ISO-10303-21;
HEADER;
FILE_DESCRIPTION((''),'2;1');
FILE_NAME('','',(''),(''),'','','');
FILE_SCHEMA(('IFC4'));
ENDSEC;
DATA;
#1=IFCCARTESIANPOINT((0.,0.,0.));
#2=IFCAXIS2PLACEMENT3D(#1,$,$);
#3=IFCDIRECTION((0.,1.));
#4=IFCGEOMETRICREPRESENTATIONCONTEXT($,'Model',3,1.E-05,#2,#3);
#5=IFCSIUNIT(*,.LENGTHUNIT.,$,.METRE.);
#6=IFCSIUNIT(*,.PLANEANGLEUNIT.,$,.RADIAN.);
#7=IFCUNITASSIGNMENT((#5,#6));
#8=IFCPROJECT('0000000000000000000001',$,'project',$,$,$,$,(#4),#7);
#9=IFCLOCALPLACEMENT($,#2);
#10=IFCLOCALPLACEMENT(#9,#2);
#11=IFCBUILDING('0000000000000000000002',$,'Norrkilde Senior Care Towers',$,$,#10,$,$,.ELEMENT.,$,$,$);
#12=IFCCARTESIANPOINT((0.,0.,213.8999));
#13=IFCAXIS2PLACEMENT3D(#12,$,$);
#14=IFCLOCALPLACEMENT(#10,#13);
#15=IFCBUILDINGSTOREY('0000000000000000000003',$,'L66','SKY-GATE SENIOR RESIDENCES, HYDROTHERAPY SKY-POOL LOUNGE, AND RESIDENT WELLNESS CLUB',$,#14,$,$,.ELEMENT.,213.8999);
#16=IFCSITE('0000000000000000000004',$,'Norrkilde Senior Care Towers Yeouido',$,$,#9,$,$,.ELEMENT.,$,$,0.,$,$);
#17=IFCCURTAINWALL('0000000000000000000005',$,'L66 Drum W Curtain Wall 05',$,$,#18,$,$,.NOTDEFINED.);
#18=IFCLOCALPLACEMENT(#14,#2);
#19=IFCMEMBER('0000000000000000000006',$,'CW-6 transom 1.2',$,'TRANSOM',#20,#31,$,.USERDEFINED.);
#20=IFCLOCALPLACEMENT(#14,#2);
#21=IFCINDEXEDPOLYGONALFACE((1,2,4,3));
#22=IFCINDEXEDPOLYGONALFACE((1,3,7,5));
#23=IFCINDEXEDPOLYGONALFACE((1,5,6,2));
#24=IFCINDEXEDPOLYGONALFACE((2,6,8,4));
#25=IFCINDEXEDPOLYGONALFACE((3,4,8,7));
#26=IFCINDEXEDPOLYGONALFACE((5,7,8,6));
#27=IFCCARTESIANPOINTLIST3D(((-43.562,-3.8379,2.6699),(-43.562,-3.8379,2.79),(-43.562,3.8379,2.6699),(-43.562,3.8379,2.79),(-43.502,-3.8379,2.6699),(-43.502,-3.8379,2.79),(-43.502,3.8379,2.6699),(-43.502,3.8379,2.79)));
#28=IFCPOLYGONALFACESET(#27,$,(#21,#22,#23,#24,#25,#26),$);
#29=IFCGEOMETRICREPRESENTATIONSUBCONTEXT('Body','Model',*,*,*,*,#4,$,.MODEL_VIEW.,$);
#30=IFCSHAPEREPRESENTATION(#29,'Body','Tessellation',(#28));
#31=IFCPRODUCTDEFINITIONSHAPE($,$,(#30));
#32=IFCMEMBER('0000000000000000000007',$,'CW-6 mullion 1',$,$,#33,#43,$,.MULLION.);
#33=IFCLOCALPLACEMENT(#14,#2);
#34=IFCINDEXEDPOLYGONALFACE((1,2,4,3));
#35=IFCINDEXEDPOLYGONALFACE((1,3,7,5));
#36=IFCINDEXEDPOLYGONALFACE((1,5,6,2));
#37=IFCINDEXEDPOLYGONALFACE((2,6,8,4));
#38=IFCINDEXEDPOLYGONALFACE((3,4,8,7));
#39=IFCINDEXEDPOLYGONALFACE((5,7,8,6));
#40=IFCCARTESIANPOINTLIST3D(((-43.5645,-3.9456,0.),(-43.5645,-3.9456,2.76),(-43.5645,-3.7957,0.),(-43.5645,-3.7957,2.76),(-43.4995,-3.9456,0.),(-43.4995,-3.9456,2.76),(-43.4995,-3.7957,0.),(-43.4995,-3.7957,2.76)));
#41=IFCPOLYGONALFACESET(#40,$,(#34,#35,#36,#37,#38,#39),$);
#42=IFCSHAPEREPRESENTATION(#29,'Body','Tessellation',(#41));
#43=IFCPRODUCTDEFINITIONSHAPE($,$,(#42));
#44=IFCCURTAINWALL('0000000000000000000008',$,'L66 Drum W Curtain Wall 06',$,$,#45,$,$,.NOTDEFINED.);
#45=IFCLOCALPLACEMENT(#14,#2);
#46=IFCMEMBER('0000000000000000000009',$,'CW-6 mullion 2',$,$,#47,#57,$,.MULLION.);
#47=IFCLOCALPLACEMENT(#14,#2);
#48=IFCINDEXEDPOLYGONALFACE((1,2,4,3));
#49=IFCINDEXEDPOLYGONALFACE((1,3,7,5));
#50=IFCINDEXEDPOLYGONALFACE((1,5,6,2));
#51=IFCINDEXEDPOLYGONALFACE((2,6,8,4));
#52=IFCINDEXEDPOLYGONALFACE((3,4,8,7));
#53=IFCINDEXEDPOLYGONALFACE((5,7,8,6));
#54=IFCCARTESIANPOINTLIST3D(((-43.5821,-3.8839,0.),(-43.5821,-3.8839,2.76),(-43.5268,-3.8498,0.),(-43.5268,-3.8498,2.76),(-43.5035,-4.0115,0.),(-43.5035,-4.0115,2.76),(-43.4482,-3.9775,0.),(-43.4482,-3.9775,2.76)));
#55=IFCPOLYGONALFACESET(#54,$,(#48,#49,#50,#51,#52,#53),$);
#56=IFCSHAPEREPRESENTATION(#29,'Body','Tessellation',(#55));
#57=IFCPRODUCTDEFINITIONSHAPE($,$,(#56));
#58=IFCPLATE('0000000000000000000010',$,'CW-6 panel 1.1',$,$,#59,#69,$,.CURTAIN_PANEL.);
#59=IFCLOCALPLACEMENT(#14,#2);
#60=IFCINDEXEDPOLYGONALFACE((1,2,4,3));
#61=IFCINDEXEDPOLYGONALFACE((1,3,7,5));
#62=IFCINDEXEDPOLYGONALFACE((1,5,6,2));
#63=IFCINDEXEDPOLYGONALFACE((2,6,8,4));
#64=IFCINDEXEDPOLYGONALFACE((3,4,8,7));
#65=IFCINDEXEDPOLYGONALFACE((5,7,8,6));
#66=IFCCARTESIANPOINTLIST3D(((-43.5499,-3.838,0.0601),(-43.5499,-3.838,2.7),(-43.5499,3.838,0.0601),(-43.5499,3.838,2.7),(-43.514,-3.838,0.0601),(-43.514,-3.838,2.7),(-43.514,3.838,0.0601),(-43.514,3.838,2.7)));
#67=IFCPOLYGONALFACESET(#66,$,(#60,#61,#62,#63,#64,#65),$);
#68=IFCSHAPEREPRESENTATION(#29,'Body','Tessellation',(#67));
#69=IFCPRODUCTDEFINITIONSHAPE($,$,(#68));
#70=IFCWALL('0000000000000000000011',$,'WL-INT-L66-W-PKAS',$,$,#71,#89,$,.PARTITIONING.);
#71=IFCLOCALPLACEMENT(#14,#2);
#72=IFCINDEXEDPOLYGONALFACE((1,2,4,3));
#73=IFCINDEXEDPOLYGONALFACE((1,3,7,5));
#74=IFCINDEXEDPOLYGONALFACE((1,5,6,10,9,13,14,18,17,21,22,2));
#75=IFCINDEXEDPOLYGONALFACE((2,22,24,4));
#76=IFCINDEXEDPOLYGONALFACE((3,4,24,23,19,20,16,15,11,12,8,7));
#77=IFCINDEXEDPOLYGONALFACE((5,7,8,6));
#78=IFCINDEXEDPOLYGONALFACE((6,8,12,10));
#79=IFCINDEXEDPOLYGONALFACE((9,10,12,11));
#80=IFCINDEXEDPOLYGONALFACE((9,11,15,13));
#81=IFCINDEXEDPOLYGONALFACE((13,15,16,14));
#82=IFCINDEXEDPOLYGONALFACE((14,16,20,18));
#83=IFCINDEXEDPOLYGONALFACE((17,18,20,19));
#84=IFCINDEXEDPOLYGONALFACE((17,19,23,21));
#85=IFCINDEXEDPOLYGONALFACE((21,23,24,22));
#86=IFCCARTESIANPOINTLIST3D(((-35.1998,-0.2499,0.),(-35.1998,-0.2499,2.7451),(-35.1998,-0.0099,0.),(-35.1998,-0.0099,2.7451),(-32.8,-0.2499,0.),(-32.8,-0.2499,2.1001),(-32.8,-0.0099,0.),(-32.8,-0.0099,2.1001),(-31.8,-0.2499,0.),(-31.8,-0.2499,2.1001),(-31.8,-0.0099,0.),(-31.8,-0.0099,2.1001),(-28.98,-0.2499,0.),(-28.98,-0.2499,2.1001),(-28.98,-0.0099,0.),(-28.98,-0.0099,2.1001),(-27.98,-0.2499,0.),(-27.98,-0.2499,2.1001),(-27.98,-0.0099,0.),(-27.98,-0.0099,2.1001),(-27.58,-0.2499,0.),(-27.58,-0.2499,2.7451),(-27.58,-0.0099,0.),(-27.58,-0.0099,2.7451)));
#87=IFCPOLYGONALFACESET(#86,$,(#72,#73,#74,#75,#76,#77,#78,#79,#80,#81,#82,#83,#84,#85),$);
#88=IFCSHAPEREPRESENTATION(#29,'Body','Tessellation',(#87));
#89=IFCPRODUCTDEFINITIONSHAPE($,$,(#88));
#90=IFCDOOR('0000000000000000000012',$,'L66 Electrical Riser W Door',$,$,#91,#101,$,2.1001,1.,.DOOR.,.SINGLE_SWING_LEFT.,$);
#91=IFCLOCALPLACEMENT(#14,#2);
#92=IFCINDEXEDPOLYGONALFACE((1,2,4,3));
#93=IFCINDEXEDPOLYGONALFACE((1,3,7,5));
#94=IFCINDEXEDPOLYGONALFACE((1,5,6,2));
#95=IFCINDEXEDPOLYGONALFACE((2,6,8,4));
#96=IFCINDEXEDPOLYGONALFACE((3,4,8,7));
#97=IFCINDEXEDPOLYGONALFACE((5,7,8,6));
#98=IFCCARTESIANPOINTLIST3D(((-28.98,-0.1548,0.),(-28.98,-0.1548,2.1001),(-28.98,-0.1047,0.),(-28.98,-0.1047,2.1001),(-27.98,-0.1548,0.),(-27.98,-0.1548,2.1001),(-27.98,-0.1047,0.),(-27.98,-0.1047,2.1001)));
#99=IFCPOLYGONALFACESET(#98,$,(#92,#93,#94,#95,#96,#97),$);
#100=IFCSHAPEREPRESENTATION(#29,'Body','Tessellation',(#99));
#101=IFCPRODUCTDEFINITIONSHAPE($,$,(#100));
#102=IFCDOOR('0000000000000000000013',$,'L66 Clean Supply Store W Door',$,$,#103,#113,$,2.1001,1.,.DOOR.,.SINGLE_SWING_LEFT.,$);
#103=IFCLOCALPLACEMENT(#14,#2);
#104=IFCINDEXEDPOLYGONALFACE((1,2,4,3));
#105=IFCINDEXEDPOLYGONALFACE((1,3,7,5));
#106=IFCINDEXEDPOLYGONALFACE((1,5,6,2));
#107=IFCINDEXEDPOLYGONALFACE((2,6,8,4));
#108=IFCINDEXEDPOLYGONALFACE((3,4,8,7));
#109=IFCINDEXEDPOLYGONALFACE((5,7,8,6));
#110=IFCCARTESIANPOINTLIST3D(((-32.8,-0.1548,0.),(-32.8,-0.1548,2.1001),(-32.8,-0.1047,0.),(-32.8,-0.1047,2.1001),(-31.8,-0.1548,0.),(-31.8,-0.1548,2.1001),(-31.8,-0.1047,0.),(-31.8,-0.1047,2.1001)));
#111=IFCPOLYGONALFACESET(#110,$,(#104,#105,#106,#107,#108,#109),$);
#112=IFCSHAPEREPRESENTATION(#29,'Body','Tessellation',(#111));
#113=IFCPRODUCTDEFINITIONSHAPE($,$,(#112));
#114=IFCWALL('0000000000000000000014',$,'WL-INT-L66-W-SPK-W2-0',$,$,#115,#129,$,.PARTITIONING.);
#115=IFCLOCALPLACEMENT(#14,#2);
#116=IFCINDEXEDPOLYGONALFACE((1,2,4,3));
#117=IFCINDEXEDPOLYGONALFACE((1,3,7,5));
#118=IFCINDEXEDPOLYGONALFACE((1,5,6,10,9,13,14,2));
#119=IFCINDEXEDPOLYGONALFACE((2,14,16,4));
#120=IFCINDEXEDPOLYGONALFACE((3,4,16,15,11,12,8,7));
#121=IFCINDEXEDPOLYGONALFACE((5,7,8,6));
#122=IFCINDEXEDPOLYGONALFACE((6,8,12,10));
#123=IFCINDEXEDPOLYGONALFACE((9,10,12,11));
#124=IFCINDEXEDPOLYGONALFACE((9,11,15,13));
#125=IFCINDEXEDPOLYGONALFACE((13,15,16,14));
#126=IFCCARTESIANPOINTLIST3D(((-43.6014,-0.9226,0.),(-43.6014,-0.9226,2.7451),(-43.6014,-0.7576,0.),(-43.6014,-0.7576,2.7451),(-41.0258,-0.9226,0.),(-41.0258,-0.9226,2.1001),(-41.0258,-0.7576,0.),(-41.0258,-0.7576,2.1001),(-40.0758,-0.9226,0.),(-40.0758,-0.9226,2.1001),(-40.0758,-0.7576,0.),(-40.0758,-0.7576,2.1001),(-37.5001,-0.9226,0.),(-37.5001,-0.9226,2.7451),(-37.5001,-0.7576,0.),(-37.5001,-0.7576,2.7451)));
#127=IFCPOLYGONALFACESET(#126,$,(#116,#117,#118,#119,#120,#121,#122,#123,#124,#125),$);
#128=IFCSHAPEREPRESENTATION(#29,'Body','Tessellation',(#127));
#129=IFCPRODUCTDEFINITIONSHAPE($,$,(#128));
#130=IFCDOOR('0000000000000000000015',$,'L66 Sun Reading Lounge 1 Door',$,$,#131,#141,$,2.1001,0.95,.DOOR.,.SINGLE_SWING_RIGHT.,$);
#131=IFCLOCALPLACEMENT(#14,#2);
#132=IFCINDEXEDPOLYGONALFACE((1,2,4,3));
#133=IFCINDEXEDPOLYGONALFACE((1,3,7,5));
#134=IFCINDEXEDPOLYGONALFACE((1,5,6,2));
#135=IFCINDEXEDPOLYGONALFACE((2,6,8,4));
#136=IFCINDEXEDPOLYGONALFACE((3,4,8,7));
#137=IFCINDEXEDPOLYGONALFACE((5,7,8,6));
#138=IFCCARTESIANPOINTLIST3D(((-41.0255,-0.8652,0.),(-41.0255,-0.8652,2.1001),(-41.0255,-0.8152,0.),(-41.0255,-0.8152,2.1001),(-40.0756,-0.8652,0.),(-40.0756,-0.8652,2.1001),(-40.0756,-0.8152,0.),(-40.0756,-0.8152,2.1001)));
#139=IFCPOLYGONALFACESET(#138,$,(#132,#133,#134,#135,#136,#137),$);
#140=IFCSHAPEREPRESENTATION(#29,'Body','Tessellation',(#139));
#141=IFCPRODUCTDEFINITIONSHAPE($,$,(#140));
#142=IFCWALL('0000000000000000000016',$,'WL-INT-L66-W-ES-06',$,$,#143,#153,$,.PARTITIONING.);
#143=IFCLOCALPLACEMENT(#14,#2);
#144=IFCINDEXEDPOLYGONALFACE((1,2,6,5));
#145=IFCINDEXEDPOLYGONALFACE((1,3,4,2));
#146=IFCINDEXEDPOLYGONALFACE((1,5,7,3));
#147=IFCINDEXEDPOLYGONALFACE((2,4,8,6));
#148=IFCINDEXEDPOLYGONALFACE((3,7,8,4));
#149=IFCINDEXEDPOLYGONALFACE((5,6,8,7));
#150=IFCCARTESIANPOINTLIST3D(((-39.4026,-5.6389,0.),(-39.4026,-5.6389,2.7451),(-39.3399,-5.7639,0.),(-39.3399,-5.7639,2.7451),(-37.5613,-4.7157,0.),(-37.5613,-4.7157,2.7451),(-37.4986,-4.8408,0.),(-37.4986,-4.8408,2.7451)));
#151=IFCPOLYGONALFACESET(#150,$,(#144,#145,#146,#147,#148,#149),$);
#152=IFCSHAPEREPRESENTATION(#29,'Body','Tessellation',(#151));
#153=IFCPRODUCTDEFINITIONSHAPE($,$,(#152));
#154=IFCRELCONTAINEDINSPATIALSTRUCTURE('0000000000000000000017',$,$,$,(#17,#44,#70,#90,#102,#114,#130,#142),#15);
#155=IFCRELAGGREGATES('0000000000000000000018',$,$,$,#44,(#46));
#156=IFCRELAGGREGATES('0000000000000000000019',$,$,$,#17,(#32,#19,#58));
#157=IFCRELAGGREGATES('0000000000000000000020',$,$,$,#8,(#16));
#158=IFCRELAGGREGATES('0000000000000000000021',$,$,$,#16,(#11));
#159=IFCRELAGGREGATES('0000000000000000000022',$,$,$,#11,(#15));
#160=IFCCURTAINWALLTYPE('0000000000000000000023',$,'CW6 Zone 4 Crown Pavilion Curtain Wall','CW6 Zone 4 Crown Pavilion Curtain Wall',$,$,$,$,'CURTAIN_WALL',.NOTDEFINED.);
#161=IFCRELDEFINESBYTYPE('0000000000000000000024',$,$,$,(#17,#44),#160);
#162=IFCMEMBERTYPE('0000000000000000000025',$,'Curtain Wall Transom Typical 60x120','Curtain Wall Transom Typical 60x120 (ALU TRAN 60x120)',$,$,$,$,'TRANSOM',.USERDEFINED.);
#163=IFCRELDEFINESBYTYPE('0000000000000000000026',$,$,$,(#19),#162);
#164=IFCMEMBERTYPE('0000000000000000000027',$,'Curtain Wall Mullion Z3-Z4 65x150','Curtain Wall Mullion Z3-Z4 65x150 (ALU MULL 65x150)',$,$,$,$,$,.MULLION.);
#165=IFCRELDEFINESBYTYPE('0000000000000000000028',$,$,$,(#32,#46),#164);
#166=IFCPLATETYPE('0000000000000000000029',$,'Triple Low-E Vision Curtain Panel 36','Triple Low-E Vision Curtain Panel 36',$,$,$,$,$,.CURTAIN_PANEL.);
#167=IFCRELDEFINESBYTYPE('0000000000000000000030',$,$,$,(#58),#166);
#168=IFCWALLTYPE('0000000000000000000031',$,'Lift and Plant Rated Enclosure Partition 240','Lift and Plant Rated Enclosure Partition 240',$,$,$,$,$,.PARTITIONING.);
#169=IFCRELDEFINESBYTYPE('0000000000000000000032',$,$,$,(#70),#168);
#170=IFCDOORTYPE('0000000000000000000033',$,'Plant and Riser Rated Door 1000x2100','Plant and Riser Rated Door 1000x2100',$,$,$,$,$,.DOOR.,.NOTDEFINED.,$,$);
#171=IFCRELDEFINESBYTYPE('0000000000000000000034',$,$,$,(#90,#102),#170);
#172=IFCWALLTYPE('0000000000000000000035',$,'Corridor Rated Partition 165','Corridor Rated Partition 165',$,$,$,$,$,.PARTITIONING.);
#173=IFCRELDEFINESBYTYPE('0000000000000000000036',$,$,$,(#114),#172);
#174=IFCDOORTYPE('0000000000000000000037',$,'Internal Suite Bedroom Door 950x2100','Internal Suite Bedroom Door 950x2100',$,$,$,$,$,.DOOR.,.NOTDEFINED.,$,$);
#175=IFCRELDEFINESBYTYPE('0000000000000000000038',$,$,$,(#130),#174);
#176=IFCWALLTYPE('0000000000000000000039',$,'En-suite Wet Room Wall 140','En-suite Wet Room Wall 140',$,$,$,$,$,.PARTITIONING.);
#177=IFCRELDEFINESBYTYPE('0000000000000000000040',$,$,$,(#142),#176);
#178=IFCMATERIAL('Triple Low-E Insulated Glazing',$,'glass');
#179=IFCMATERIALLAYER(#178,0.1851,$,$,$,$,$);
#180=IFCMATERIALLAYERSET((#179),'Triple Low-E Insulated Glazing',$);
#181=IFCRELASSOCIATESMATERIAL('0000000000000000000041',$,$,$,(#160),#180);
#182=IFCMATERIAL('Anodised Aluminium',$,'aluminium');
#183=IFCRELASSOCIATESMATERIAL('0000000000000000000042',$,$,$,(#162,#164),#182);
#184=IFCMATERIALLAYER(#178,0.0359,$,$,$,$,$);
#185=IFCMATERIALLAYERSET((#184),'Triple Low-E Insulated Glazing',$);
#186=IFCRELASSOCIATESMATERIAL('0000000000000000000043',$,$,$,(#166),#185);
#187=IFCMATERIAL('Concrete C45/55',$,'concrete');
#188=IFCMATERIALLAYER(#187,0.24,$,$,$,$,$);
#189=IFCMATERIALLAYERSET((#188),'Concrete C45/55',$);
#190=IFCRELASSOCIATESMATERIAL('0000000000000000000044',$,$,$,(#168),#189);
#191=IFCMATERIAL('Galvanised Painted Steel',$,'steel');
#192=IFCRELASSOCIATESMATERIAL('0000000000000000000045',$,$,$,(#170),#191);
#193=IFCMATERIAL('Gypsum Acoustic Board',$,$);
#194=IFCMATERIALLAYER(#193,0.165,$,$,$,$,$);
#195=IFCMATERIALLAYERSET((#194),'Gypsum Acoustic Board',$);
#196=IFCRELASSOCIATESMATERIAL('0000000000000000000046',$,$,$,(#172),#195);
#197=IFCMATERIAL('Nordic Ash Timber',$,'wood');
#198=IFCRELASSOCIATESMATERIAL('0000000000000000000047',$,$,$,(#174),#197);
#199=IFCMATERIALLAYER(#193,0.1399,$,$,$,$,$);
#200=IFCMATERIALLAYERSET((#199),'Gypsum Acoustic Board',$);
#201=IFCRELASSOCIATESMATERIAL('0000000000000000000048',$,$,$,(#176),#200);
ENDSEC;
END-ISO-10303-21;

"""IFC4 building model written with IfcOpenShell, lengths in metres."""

from ifc_helpers import new_model, si_unit, direction, frame, frame_2d, origin, origin_2d, place, context, subcontext, project, spatial, rectangle, extrude, source, transform, mapped, material, layer, layer_set, material_profile, profile_set, type_object, type_shapes, element, fill, aggregate, save


model = new_model("IFC4")

# Units and contexts
model_context = context("Model", 3, precision=1e-05, world=origin(), true_north=direction((0.0, 1.0)))
body_context = subcontext(model_context, "Body", "Model", "MODEL_VIEW")
ifc_project = project(units=[si_unit("LENGTHUNIT", "METRE"), si_unit("PLANEANGLEUNIT", "RADIAN")], contexts=[model_context])

# Site, building, storey
site_placement = place(None, origin())
site = spatial("IfcSite", under=ifc_project, at=site_placement, Name="Norrkilde Senior Care Towers Yeouido", CompositionType="ELEMENT", RefElevation=0.0)
building_placement = place(site_placement, origin())
building = spatial("IfcBuilding", under=site, at=building_placement, Name="Norrkilde Senior Care Towers", CompositionType="ELEMENT")
storey_placement = place(building_placement, frame((0.0, 0.0, 213.8999)))
storey = spatial("IfcBuildingStorey", under=building, at=storey_placement, Name="L66", Description="SKY-GATE SENIOR RESIDENCES, HYDROTHERAPY SKY-POOL LOUNGE, AND RESIDENT WELLNESS CLUB", CompositionType="ELEMENT", Elevation=213.8999)

# Curtain wall, members
ifc_material_1 = material(Name="Triple Low-E Insulated Glazing", Category="glass")
ifc_layer_1 = layer(ifc_material_1, 0.1851)
ifc_layer_set_1 = layer_set([ifc_layer_1], Name="Triple Low-E Insulated Glazing")
curtain_wall_type = type_object("IfcCurtainWallType", Name="CW6 Zone 4 Crown Pavilion Curtain Wall", Description="CW6 Zone 4 Crown Pavilion Curtain Wall", ElementType="CURTAIN_WALL", PredefinedType="NOTDEFINED", material=ifc_layer_set_1)
curtain_wall_1_placement = place(storey_placement, origin())
curtain_wall_1 = element("IfcCurtainWall", 1, at=curtain_wall_1_placement, inside=storey, type_object=curtain_wall_type, Name="L66 Drum W Curtain Wall 05", PredefinedType="NOTDEFINED")
ifc_material_2 = material(Name="Anodised Aluminium", Category="aluminium")
ifc_material_profile_1 = material_profile(ifc_material_2, rectangle(XDim=0.0601, YDim=0.1201, at=origin_2d()), Name="ALU TRAN 60x120")
ifc_profile_set_1 = profile_set([ifc_material_profile_1], Name="Anodised Aluminium")
member_type_1 = type_object("IfcMemberType", Name="Curtain Wall Transom Typical 60x120", Description="Curtain Wall Transom Typical 60x120 (ALU TRAN 60x120)", ElementType="TRANSOM", PredefinedType="USERDEFINED", material=ifc_profile_set_1)
shared_shape_1 = source(origin(), body_context, "Body", "SweptSolid", [
    extrude(rectangle(XDim=0.0601, YDim=0.1201, at=origin_2d()), origin(), (0.0, 0.0, 1.0), 7.6758),
])
type_shapes(member_type_1, [shared_shape_1])
member_1_placement = place(storey_placement, frame((-43.532, -3.8379, 2.73), z_axis=(0.0, 1.0, 0.0), x_axis=(-1.0, 0.0, 0.0)))
member_1 = element("IfcMember", 2, at=member_1_placement, type_object=member_type_1, Name="CW-6 transom 1.2", ObjectType="TRANSOM", PredefinedType="USERDEFINED", context=body_context, shape_type="MappedRepresentation", body=[
    mapped(shared_shape_1, transform((0.0, 0.0, 0.0), x_axis=(1.0, 0.0, 0.0), y_axis=(0.0, 1.0, 0.0), z_axis=(0.0, 0.0, 1.0), scale=1.0)),
])
ifc_material_profile_2 = material_profile(ifc_material_2, rectangle(XDim=0.0649, YDim=0.1499, at=origin_2d()), Name="ALU MULL 65x150")
ifc_profile_set_2 = profile_set([ifc_material_profile_2], Name="Anodised Aluminium")
member_type_2 = type_object("IfcMemberType", Name="Curtain Wall Mullion Z3-Z4 65x150", Description="Curtain Wall Mullion Z3-Z4 65x150 (ALU MULL 65x150)", PredefinedType="MULLION", material=ifc_profile_set_2)
shared_shape_2 = source(origin(), body_context, "Body", "SweptSolid", [
    extrude(rectangle(XDim=0.0649, YDim=0.1499, at=origin_2d()), origin(), (0.0, 0.0, 1.0), 2.76),
])
type_shapes(member_type_2, [shared_shape_2])
member_2_placement = place(storey_placement, frame((-43.532, -3.8706, 0.0), z_axis=(0.0, 0.0, 1.0), x_axis=(-1.0, 0.0, 0.0)))
member_2 = element("IfcMember", 3, at=member_2_placement, type_object=member_type_2, Name="CW-6 mullion 1", PredefinedType="MULLION", context=body_context, shape_type="MappedRepresentation", body=[
    mapped(shared_shape_2, transform((0.0, 0.0, 0.0), x_axis=(1.0, 0.0, 0.0), y_axis=(0.0, 1.0, 0.0), z_axis=(0.0, 0.0, 1.0), scale=1.0)),
])

# Curtain wall, member
curtain_wall_2_placement = place(storey_placement, origin())
curtain_wall_2 = element("IfcCurtainWall", 4, at=curtain_wall_2_placement, inside=storey, type_object=curtain_wall_type, Name="L66 Drum W Curtain Wall 06", PredefinedType="NOTDEFINED")
member_3_placement = place(storey_placement, frame((-43.5151, -3.9307, 0.0), z_axis=(0.0, 0.0, 1.0), x_axis=(-0.851563, -0.524253, 0.0)))
member_3 = element("IfcMember", 5, at=member_3_placement, type_object=member_type_2, Name="CW-6 mullion 2", PredefinedType="MULLION", context=body_context, shape_type="MappedRepresentation", body=[
    mapped(shared_shape_2, transform((0.0, 0.0, 0.0), x_axis=(1.0, 0.0, 0.0), y_axis=(0.0, 1.0, 0.0), z_axis=(0.0, 0.0, 1.0), scale=1.0)),
])
aggregate(curtain_wall_2, [member_3])

# Plate
ifc_layer_2 = layer(ifc_material_1, 0.0359)
ifc_layer_set_2 = layer_set([ifc_layer_2], Name="Triple Low-E Insulated Glazing")
plate_type = type_object("IfcPlateType", Name="Triple Low-E Vision Curtain Panel 36", Description="Triple Low-E Vision Curtain Panel 36", PredefinedType="CURTAIN_PANEL", material=ifc_layer_set_2)
shared_shape_3 = source(origin(), body_context, "Body", "SweptSolid", [
    extrude(rectangle(XDim=7.676, YDim=0.0359, at=origin_2d()), origin(), (0.0, 0.0, 1.0), 2.6399),
])
type_shapes(plate_type, [shared_shape_3])
plate_placement = place(storey_placement, frame((-43.532, 0.0, 0.0601), z_axis=(0.0, 0.0, 1.0), x_axis=(0.0, 1.0, 0.0)))
plate = element("IfcPlate", 6, at=plate_placement, type_object=plate_type, Name="CW-6 panel 1.1", PredefinedType="CURTAIN_PANEL", context=body_context, shape_type="MappedRepresentation", body=[
    mapped(shared_shape_3, transform((0.0, 0.0, 0.0), x_axis=(1.0, 0.0, 0.0), y_axis=(0.0, 1.0, 0.0), z_axis=(0.0, 0.0, 1.0), scale=1.0)),
])
aggregate(curtain_wall_1, [member_2, member_1, plate])

# Shared definitions
ifc_material_3 = material(Name="Galvanised Painted Steel", Category="steel")
ifc_material_4 = material(Name="Concrete C45/55", Category="concrete")

# Wall, openings, doors
ifc_layer_3 = layer(ifc_material_4, 0.24)
ifc_layer_set_3 = layer_set([ifc_layer_3], Name="Concrete C45/55")
wall_type_1 = type_object("IfcWallType", Name="Lift and Plant Rated Enclosure Partition 240", Description="Lift and Plant Rated Enclosure Partition 240", PredefinedType="PARTITIONING", material=ifc_layer_set_3)
shared_shape_4 = source(origin(), body_context, "Body", "SweptSolid", [
    extrude(rectangle(XDim=7.6199, YDim=0.24, at=frame_2d((3.8101, 0.0))), origin(), (0.0, 0.0, 1.0), 2.7451),
])
type_shapes(wall_type_1, [shared_shape_4])
wall_1_placement = place(storey_placement, frame((-35.2, -0.1299, 0.0), z_axis=(0.0, 0.0, 1.0), x_axis=(1.0, 0.0, 0.0)))
wall_1 = element("IfcWall", 7, at=wall_1_placement, inside=storey, type_object=wall_type_1, Name="WL-INT-L66-W-PKAS", PredefinedType="PARTITIONING", context=body_context, shape_type="MappedRepresentation", body=[
    mapped(shared_shape_4, transform((0.0, 0.0, 0.0), x_axis=(1.0, 0.0, 0.0), y_axis=(0.0, 1.0, 0.0), z_axis=(0.0, 0.0, 1.0), scale=1.0)),
])
opening_1_placement = place(wall_1_placement, frame((6.22, 0.0, 0.0)))
opening_1 = element("IfcOpeningElement", 8, at=opening_1_placement, cuts=wall_1, PredefinedType="OPENING", context=body_context, shape_type="SweptSolid", body=[
    extrude(rectangle(XDim=1.0, YDim=2.1001, at=frame_2d((0.5, 1.05))), frame((0.0, 0.1299, 0.0), z_axis=(0.0, -1.0, 0.0), x_axis=(1.0, 0.0, 0.0)), (0.0, 0.0, 1.0), 0.26),
])
opening_2_placement = place(wall_1_placement, frame((2.3999, 0.0, 0.0)))
opening_2 = element("IfcOpeningElement", 9, at=opening_2_placement, cuts=wall_1, PredefinedType="OPENING", context=body_context, shape_type="SweptSolid", body=[
    extrude(rectangle(XDim=1.0, YDim=2.1001, at=frame_2d((0.5, 1.05))), frame((0.0, 0.1299, 0.0), z_axis=(0.0, -1.0, 0.0), x_axis=(1.0, 0.0, 0.0)), (0.0, 0.0, 1.0), 0.26),
])
door_type_1 = type_object("IfcDoorType", Name="Plant and Riser Rated Door 1000x2100", Description="Plant and Riser Rated Door 1000x2100", OperationType="NOTDEFINED", PredefinedType="DOOR", material=ifc_material_3)
shared_shape_5 = source(origin(), body_context, "Body", "SweptSolid", [
    extrude(rectangle(XDim=1.0, YDim=2.1001, at=frame_2d((0.5, 1.05))), frame((0.0, 0.0249, 0.0), z_axis=(0.0, -1.0, 0.0), x_axis=(1.0, 0.0, 0.0)), (0.0, 0.0, 1.0), 0.05),
])
type_shapes(door_type_1, [shared_shape_5])
door_1_placement = place(opening_1_placement, frame((1.0, 0.0, 0.0), z_axis=(0.0, 0.0, 1.0), x_axis=(-1.0, 0.0, 0.0)))
door_1 = element("IfcDoor", 10, at=door_1_placement, inside=storey, type_object=door_type_1, Name="L66 Electrical Riser W Door", OperationType="SINGLE_SWING_LEFT", OverallHeight=2.1001, OverallWidth=1.0, PredefinedType="DOOR", context=body_context, shape_type="MappedRepresentation", body=[
    mapped(shared_shape_5, transform((0.0, 0.0, 0.0), x_axis=(1.0, 0.0, 0.0), y_axis=(0.0, 1.0, 0.0), z_axis=(0.0, 0.0, 1.0), scale=1.0)),
])
fill(opening_1, door_1)
door_2_placement = place(opening_2_placement, frame((1.0, 0.0, 0.0), z_axis=(0.0, 0.0, 1.0), x_axis=(-1.0, 0.0, 0.0)))
door_2 = element("IfcDoor", 11, at=door_2_placement, inside=storey, type_object=door_type_1, Name="L66 Clean Supply Store W Door", OperationType="SINGLE_SWING_LEFT", OverallHeight=2.1001, OverallWidth=1.0, PredefinedType="DOOR", context=body_context, shape_type="MappedRepresentation", body=[
    mapped(shared_shape_5, transform((0.0, 0.0, 0.0), x_axis=(1.0, 0.0, 0.0), y_axis=(0.0, 1.0, 0.0), z_axis=(0.0, 0.0, 1.0), scale=1.0)),
])
fill(opening_2, door_2)

# Wall, opening, door
ifc_material_5 = material(Name="Gypsum Acoustic Board")
ifc_layer_4 = layer(ifc_material_5, 0.165)
ifc_layer_set_4 = layer_set([ifc_layer_4], Name="Gypsum Acoustic Board")
wall_type_2 = type_object("IfcWallType", Name="Corridor Rated Partition 165", Description="Corridor Rated Partition 165", PredefinedType="PARTITIONING", material=ifc_layer_set_4)
shared_shape_6 = source(origin(), body_context, "Body", "SweptSolid", [
    extrude(rectangle(XDim=6.1013, YDim=0.165, at=frame_2d((3.0508, 0.0))), origin(), (0.0, 0.0, 1.0), 2.7451),
])
wall_2_placement = place(storey_placement, frame((-37.5, -0.8401, 0.0), z_axis=(0.0, 0.0, 1.0), x_axis=(-1.0, 0.0, 0.0)))
wall_2 = element("IfcWall", 12, at=wall_2_placement, inside=storey, type_object=wall_type_2, Name="WL-INT-L66-W-SPK-W2-0", PredefinedType="PARTITIONING", context=body_context, shape_type="MappedRepresentation", body=[
    mapped(shared_shape_6, transform((0.0, 0.0, 0.0), x_axis=(1.0, 0.0, 0.0), y_axis=(0.0, 1.0, 0.0), z_axis=(0.0, 0.0, 1.0), scale=1.0)),
])
opening_3_placement = place(wall_2_placement, frame((2.5757, 0.0, 0.0)))
opening_3 = element("IfcOpeningElement", 13, at=opening_3_placement, cuts=wall_2, PredefinedType="OPENING", context=body_context, shape_type="SweptSolid", body=[
    extrude(rectangle(XDim=0.95, YDim=2.1001, at=frame_2d((0.4751, 1.05))), frame((0.0, 0.0925, 0.0), z_axis=(0.0, -1.0, 0.0), x_axis=(1.0, 0.0, 0.0)), (0.0, 0.0, 1.0), 0.1851),
])
ifc_material_6 = material(Name="Nordic Ash Timber", Category="wood")
door_type_2 = type_object("IfcDoorType", Name="Internal Suite Bedroom Door 950x2100", Description="Internal Suite Bedroom Door 950x2100", OperationType="NOTDEFINED", PredefinedType="DOOR", material=ifc_material_6)
shared_shape_7 = source(origin(), body_context, "Body", "SweptSolid", [
    extrude(rectangle(XDim=0.95, YDim=2.1001, at=frame_2d((0.4751, 1.05))), frame((0.0, 0.0249, 0.0), z_axis=(0.0, -1.0, 0.0), x_axis=(1.0, 0.0, 0.0)), (0.0, 0.0, 1.0), 0.05),
])
type_shapes(door_type_2, [shared_shape_7])
door_3_placement = place(opening_3_placement, frame((0.95, 0.0, 0.0), z_axis=(0.0, 0.0, 1.0), x_axis=(-1.0, 0.0, 0.0)))
door_3 = element("IfcDoor", 14, at=door_3_placement, inside=storey, type_object=door_type_2, Name="L66 Sun Reading Lounge 1 Door", OperationType="SINGLE_SWING_RIGHT", OverallHeight=2.1001, OverallWidth=0.95, PredefinedType="DOOR", context=body_context, shape_type="MappedRepresentation", body=[
    mapped(shared_shape_7, transform((0.0, 0.0, 0.0), x_axis=(1.0, 0.0, 0.0), y_axis=(0.0, 1.0, 0.0), z_axis=(0.0, 0.0, 1.0), scale=1.0)),
])
fill(opening_3, door_3)

# Wall
ifc_layer_5 = layer(ifc_material_5, 0.1399)
ifc_layer_set_5 = layer_set([ifc_layer_5], Name="Gypsum Acoustic Board")
wall_type_3 = type_object("IfcWallType", Name="En-suite Wet Room Wall 140", Description="En-suite Wet Room Wall 140", PredefinedType="PARTITIONING", material=ifc_layer_set_5)
shared_shape_8 = source(origin(), body_context, "Body", "SweptSolid", [
    extrude(rectangle(XDim=2.0598, YDim=0.1399, at=frame_2d((1.0298, 0.0))), origin(), (0.0, 0.0, 1.0), 2.7451),
])
type_shapes(wall_type_3, [shared_shape_8])
wall_3_placement = place(storey_placement, frame((-37.53, -4.7783, 0.0), z_axis=(0.0, 0.0, 1.0), x_axis=(-0.893953, -0.448162, 0.0)))
element("IfcWall", 15, at=wall_3_placement, inside=storey, type_object=wall_type_3, Name="WL-INT-L66-W-ES-06", PredefinedType="PARTITIONING", context=body_context, shape_type="MappedRepresentation", body=[
    mapped(shared_shape_8, transform((0.0, 0.0, 0.0), x_axis=(1.0, 0.0, 0.0), y_axis=(0.0, 1.0, 0.0), z_axis=(0.0, 0.0, 1.0), scale=1.0)),
])

save(model, "model.ifc")
